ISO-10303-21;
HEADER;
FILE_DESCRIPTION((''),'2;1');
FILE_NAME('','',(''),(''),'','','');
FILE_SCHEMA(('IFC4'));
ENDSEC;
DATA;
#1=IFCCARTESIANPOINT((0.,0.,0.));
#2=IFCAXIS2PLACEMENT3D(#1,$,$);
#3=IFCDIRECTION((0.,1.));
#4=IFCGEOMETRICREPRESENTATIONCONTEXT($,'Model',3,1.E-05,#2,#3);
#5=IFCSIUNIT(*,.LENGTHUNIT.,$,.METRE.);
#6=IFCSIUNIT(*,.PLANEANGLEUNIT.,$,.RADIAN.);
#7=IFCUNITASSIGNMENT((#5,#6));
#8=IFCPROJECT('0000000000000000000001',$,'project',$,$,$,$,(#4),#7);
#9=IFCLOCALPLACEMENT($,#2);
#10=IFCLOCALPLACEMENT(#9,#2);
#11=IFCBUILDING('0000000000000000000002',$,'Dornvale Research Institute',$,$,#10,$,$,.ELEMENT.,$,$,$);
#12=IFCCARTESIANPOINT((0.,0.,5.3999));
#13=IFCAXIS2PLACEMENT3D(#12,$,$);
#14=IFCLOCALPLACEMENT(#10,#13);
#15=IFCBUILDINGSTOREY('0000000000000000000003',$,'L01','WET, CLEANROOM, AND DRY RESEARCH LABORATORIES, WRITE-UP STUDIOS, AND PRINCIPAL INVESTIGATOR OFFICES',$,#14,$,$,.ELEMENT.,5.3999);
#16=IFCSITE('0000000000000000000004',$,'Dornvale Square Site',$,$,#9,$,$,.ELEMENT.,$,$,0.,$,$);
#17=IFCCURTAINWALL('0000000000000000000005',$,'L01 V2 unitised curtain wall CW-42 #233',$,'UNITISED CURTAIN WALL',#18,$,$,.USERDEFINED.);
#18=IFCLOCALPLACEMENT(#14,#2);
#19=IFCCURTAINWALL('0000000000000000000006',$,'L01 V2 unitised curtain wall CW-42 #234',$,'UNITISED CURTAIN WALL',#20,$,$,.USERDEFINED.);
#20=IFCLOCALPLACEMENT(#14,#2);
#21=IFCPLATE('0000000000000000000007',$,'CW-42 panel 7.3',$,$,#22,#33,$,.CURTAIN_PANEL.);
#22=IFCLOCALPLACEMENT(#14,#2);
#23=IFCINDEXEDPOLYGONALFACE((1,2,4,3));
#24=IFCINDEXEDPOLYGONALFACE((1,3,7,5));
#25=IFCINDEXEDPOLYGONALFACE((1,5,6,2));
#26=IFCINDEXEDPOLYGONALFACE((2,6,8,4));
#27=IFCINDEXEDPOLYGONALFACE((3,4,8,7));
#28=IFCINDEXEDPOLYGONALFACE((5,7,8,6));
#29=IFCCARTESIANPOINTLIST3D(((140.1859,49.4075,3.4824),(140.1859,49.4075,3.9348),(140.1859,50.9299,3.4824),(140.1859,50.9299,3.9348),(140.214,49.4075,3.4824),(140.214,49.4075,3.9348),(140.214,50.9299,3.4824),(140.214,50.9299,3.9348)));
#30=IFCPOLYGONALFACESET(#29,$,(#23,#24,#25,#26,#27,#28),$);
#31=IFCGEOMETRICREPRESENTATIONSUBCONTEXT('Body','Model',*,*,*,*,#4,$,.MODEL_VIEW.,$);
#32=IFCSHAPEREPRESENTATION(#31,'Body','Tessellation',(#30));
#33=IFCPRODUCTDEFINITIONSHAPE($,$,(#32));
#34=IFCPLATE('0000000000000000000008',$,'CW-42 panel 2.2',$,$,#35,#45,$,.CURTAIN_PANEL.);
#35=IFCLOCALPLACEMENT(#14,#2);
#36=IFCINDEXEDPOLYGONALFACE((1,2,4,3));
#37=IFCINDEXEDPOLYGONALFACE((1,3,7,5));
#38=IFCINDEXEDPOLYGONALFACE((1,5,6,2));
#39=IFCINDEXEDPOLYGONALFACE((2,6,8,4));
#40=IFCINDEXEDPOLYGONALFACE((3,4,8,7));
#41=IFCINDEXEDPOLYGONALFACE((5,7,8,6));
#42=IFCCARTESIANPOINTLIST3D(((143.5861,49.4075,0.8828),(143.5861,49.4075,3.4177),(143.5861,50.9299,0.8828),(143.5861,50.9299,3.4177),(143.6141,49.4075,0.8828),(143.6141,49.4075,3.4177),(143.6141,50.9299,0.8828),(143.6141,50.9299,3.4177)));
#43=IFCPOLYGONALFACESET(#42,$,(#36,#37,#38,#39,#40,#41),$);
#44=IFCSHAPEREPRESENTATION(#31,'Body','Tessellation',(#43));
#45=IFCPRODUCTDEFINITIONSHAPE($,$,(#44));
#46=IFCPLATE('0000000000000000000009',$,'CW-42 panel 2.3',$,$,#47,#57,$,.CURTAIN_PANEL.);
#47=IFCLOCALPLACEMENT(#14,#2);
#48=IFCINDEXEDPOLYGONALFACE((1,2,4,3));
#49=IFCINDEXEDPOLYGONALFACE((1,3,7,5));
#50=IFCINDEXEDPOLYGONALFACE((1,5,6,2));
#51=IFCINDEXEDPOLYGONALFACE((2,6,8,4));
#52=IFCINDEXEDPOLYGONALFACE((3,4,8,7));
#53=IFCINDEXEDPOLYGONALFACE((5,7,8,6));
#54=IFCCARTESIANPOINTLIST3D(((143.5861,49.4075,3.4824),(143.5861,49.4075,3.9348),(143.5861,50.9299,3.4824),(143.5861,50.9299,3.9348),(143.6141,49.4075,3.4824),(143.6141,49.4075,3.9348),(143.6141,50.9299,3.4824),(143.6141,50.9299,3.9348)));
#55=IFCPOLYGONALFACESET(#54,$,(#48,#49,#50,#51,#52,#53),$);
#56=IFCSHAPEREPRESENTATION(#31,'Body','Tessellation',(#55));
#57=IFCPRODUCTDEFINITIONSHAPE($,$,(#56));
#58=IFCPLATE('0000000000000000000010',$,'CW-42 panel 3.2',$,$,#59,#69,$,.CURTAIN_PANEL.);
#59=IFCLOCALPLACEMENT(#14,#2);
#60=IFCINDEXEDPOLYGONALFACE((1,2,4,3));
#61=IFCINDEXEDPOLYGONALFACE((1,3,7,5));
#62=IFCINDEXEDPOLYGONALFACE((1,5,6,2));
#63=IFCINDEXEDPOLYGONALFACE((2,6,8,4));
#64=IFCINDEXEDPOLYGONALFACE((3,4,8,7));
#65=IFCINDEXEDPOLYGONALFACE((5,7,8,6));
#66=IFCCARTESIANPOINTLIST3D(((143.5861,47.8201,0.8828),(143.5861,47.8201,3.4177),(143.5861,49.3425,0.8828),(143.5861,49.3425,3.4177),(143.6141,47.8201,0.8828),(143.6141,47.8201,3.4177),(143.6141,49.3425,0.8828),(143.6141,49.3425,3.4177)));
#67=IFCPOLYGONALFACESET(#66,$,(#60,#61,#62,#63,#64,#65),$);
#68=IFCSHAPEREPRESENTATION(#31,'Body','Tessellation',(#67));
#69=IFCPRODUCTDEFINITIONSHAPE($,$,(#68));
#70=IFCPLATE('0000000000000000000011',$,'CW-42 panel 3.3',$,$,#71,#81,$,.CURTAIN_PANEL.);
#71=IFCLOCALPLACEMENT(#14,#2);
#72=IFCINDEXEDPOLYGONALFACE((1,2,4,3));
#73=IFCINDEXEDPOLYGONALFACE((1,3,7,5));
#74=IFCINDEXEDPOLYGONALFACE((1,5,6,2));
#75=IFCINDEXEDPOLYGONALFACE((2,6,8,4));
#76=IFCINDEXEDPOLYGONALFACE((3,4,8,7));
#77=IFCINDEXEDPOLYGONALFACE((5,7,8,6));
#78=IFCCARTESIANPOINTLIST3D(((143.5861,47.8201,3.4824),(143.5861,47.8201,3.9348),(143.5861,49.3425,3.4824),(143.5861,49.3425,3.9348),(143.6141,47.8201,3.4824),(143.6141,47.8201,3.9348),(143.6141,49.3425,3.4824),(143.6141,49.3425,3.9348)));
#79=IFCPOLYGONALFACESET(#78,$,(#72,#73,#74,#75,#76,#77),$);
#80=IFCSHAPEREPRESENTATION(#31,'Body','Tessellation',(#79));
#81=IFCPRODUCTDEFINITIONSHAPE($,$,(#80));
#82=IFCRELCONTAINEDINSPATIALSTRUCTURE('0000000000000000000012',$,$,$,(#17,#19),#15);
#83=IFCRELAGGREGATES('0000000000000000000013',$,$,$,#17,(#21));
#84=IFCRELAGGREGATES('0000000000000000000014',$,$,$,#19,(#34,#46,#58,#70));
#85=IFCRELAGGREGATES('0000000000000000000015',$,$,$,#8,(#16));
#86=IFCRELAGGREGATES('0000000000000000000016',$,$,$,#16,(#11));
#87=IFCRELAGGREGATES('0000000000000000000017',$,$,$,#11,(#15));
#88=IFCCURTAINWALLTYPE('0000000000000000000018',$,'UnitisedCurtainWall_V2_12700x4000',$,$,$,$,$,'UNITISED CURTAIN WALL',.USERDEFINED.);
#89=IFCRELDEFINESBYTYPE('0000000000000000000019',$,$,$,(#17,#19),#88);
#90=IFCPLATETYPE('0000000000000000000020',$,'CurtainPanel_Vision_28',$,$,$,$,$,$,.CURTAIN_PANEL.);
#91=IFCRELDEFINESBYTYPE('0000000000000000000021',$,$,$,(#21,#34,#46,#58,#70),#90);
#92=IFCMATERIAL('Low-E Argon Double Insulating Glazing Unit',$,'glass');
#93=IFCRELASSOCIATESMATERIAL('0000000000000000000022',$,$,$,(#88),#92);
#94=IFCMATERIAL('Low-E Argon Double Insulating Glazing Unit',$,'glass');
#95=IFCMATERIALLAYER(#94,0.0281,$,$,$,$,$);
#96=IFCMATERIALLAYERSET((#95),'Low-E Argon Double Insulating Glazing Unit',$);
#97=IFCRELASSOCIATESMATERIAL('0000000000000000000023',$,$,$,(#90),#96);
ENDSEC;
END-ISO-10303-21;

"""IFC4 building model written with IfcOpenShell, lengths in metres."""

from ifc_helpers import new_model, si_unit, direction, frame, origin, origin_2d, place, context, subcontext, project, spatial, rectangle, extrude, material, layer, layer_set, type_object, element, aggregate, save


model = new_model("IFC4")

# Units and contexts
model_context = context("Model", 3, precision=1e-05, world=origin(), true_north=direction((0.0, 1.0)))
body_context = subcontext(model_context, "Body", "Model", "MODEL_VIEW")
ifc_project = project(units=[si_unit("LENGTHUNIT", "METRE"), si_unit("PLANEANGLEUNIT", "RADIAN")], contexts=[model_context])

# Site, building, storey
site_placement = place(None, origin())
site = spatial("IfcSite", under=ifc_project, at=site_placement, Name="Dornvale Square Site", CompositionType="ELEMENT", RefElevation=0.0)
building_placement = place(site_placement, origin())
building = spatial("IfcBuilding", under=site, at=building_placement, Name="Dornvale Research Institute", CompositionType="ELEMENT")
storey_placement = place(building_placement, frame((0.0, 0.0, 5.3999)))
storey = spatial("IfcBuildingStorey", under=building, at=storey_placement, Name="L01", Description="WET, CLEANROOM, AND DRY RESEARCH LABORATORIES, WRITE-UP STUDIOS, AND PRINCIPAL INVESTIGATOR OFFICES", CompositionType="ELEMENT", Elevation=5.3999)

# Curtain walls
ifc_material_1 = material(Name="Low-E Argon Double Insulating Glazing Unit", Category="glass")
curtain_wall_type = type_object("IfcCurtainWallType", Name="UnitisedCurtainWall_V2_12700x4000", ElementType="UNITISED CURTAIN WALL", PredefinedType="USERDEFINED", material=ifc_material_1)
curtain_wall_1_placement = place(storey_placement, origin())
curtain_wall_1 = element("IfcCurtainWall", 1, at=curtain_wall_1_placement, inside=storey, type_object=curtain_wall_type, Name="L01 V2 unitised curtain wall CW-42 #233", ObjectType="UNITISED CURTAIN WALL", PredefinedType="USERDEFINED")
curtain_wall_2_placement = place(storey_placement, origin())
curtain_wall_2 = element("IfcCurtainWall", 2, at=curtain_wall_2_placement, inside=storey, type_object=curtain_wall_type, Name="L01 V2 unitised curtain wall CW-42 #234", ObjectType="UNITISED CURTAIN WALL", PredefinedType="USERDEFINED")

# Plates
ifc_material_2 = material(Name="Low-E Argon Double Insulating Glazing Unit", Category="glass")
ifc_layer_1 = layer(ifc_material_2, 0.0281)
ifc_layer_set_1 = layer_set([ifc_layer_1], Name="Low-E Argon Double Insulating Glazing Unit")
plate_type_1 = type_object("IfcPlateType", Name="CurtainPanel_Vision_28", PredefinedType="CURTAIN_PANEL", material=ifc_layer_set_1)
plate_1_placement = place(storey_placement, frame((140.2, 50.1687, 3.4824), z_axis=(0.0, 0.0, 1.0), x_axis=(0.0, 1.0, 0.0)))
plate_1 = element("IfcPlate", 3, at=plate_1_placement, type_object=plate_type_1, Name="CW-42 panel 7.3", PredefinedType="CURTAIN_PANEL", context=body_context, shape_type="SweptSolid", body=[
    extrude(rectangle(XDim=1.5225, YDim=0.0281, at=origin_2d()), origin(), (0.0, 0.0, 1.0), 0.4524),
])
aggregate(curtain_wall_1, [plate_1])
plate_2_placement = place(storey_placement, frame((143.6001, 50.1687, 0.8828), z_axis=(0.0, 0.0, 1.0), x_axis=(0.0, -1.0, 0.0)))
plate_2 = element("IfcPlate", 4, at=plate_2_placement, type_object=plate_type_1, Name="CW-42 panel 2.2", PredefinedType="CURTAIN_PANEL", context=body_context, shape_type="SweptSolid", body=[
    extrude(rectangle(XDim=1.5225, YDim=0.0281, at=origin_2d()), origin(), (0.0, 0.0, 1.0), 2.5349),
])
plate_3_placement = place(storey_placement, frame((143.6001, 50.1687, 3.4824), z_axis=(0.0, 0.0, 1.0), x_axis=(0.0, -1.0, 0.0)))
plate_3 = element("IfcPlate", 5, at=plate_3_placement, type_object=plate_type_1, Name="CW-42 panel 2.3", PredefinedType="CURTAIN_PANEL", context=body_context, shape_type="SweptSolid", body=[
    extrude(rectangle(XDim=1.5225, YDim=0.0281, at=origin_2d()), origin(), (0.0, 0.0, 1.0), 0.4524),
])
plate_4_placement = place(storey_placement, frame((143.6001, 48.5813, 0.8828), z_axis=(0.0, 0.0, 1.0), x_axis=(0.0, -1.0, 0.0)))
plate_4 = element("IfcPlate", 6, at=plate_4_placement, type_object=plate_type_1, Name="CW-42 panel 3.2", PredefinedType="CURTAIN_PANEL", context=body_context, shape_type="SweptSolid", body=[
    extrude(rectangle(XDim=1.5225, YDim=0.0281, at=origin_2d()), origin(), (0.0, 0.0, 1.0), 2.5349),
])
plate_5_placement = place(storey_placement, frame((143.6001, 48.5813, 3.4824), z_axis=(0.0, 0.0, 1.0), x_axis=(0.0, -1.0, 0.0)))
plate_5 = element("IfcPlate", 7, at=plate_5_placement, type_object=plate_type_1, Name="CW-42 panel 3.3", PredefinedType="CURTAIN_PANEL", context=body_context, shape_type="SweptSolid", body=[
    extrude(rectangle(XDim=1.5225, YDim=0.0281, at=origin_2d()), origin(), (0.0, 0.0, 1.0), 0.4524),
])
aggregate(curtain_wall_2, [plate_2, plate_3, plate_4, plate_5])

save(model, "model.ifc")
